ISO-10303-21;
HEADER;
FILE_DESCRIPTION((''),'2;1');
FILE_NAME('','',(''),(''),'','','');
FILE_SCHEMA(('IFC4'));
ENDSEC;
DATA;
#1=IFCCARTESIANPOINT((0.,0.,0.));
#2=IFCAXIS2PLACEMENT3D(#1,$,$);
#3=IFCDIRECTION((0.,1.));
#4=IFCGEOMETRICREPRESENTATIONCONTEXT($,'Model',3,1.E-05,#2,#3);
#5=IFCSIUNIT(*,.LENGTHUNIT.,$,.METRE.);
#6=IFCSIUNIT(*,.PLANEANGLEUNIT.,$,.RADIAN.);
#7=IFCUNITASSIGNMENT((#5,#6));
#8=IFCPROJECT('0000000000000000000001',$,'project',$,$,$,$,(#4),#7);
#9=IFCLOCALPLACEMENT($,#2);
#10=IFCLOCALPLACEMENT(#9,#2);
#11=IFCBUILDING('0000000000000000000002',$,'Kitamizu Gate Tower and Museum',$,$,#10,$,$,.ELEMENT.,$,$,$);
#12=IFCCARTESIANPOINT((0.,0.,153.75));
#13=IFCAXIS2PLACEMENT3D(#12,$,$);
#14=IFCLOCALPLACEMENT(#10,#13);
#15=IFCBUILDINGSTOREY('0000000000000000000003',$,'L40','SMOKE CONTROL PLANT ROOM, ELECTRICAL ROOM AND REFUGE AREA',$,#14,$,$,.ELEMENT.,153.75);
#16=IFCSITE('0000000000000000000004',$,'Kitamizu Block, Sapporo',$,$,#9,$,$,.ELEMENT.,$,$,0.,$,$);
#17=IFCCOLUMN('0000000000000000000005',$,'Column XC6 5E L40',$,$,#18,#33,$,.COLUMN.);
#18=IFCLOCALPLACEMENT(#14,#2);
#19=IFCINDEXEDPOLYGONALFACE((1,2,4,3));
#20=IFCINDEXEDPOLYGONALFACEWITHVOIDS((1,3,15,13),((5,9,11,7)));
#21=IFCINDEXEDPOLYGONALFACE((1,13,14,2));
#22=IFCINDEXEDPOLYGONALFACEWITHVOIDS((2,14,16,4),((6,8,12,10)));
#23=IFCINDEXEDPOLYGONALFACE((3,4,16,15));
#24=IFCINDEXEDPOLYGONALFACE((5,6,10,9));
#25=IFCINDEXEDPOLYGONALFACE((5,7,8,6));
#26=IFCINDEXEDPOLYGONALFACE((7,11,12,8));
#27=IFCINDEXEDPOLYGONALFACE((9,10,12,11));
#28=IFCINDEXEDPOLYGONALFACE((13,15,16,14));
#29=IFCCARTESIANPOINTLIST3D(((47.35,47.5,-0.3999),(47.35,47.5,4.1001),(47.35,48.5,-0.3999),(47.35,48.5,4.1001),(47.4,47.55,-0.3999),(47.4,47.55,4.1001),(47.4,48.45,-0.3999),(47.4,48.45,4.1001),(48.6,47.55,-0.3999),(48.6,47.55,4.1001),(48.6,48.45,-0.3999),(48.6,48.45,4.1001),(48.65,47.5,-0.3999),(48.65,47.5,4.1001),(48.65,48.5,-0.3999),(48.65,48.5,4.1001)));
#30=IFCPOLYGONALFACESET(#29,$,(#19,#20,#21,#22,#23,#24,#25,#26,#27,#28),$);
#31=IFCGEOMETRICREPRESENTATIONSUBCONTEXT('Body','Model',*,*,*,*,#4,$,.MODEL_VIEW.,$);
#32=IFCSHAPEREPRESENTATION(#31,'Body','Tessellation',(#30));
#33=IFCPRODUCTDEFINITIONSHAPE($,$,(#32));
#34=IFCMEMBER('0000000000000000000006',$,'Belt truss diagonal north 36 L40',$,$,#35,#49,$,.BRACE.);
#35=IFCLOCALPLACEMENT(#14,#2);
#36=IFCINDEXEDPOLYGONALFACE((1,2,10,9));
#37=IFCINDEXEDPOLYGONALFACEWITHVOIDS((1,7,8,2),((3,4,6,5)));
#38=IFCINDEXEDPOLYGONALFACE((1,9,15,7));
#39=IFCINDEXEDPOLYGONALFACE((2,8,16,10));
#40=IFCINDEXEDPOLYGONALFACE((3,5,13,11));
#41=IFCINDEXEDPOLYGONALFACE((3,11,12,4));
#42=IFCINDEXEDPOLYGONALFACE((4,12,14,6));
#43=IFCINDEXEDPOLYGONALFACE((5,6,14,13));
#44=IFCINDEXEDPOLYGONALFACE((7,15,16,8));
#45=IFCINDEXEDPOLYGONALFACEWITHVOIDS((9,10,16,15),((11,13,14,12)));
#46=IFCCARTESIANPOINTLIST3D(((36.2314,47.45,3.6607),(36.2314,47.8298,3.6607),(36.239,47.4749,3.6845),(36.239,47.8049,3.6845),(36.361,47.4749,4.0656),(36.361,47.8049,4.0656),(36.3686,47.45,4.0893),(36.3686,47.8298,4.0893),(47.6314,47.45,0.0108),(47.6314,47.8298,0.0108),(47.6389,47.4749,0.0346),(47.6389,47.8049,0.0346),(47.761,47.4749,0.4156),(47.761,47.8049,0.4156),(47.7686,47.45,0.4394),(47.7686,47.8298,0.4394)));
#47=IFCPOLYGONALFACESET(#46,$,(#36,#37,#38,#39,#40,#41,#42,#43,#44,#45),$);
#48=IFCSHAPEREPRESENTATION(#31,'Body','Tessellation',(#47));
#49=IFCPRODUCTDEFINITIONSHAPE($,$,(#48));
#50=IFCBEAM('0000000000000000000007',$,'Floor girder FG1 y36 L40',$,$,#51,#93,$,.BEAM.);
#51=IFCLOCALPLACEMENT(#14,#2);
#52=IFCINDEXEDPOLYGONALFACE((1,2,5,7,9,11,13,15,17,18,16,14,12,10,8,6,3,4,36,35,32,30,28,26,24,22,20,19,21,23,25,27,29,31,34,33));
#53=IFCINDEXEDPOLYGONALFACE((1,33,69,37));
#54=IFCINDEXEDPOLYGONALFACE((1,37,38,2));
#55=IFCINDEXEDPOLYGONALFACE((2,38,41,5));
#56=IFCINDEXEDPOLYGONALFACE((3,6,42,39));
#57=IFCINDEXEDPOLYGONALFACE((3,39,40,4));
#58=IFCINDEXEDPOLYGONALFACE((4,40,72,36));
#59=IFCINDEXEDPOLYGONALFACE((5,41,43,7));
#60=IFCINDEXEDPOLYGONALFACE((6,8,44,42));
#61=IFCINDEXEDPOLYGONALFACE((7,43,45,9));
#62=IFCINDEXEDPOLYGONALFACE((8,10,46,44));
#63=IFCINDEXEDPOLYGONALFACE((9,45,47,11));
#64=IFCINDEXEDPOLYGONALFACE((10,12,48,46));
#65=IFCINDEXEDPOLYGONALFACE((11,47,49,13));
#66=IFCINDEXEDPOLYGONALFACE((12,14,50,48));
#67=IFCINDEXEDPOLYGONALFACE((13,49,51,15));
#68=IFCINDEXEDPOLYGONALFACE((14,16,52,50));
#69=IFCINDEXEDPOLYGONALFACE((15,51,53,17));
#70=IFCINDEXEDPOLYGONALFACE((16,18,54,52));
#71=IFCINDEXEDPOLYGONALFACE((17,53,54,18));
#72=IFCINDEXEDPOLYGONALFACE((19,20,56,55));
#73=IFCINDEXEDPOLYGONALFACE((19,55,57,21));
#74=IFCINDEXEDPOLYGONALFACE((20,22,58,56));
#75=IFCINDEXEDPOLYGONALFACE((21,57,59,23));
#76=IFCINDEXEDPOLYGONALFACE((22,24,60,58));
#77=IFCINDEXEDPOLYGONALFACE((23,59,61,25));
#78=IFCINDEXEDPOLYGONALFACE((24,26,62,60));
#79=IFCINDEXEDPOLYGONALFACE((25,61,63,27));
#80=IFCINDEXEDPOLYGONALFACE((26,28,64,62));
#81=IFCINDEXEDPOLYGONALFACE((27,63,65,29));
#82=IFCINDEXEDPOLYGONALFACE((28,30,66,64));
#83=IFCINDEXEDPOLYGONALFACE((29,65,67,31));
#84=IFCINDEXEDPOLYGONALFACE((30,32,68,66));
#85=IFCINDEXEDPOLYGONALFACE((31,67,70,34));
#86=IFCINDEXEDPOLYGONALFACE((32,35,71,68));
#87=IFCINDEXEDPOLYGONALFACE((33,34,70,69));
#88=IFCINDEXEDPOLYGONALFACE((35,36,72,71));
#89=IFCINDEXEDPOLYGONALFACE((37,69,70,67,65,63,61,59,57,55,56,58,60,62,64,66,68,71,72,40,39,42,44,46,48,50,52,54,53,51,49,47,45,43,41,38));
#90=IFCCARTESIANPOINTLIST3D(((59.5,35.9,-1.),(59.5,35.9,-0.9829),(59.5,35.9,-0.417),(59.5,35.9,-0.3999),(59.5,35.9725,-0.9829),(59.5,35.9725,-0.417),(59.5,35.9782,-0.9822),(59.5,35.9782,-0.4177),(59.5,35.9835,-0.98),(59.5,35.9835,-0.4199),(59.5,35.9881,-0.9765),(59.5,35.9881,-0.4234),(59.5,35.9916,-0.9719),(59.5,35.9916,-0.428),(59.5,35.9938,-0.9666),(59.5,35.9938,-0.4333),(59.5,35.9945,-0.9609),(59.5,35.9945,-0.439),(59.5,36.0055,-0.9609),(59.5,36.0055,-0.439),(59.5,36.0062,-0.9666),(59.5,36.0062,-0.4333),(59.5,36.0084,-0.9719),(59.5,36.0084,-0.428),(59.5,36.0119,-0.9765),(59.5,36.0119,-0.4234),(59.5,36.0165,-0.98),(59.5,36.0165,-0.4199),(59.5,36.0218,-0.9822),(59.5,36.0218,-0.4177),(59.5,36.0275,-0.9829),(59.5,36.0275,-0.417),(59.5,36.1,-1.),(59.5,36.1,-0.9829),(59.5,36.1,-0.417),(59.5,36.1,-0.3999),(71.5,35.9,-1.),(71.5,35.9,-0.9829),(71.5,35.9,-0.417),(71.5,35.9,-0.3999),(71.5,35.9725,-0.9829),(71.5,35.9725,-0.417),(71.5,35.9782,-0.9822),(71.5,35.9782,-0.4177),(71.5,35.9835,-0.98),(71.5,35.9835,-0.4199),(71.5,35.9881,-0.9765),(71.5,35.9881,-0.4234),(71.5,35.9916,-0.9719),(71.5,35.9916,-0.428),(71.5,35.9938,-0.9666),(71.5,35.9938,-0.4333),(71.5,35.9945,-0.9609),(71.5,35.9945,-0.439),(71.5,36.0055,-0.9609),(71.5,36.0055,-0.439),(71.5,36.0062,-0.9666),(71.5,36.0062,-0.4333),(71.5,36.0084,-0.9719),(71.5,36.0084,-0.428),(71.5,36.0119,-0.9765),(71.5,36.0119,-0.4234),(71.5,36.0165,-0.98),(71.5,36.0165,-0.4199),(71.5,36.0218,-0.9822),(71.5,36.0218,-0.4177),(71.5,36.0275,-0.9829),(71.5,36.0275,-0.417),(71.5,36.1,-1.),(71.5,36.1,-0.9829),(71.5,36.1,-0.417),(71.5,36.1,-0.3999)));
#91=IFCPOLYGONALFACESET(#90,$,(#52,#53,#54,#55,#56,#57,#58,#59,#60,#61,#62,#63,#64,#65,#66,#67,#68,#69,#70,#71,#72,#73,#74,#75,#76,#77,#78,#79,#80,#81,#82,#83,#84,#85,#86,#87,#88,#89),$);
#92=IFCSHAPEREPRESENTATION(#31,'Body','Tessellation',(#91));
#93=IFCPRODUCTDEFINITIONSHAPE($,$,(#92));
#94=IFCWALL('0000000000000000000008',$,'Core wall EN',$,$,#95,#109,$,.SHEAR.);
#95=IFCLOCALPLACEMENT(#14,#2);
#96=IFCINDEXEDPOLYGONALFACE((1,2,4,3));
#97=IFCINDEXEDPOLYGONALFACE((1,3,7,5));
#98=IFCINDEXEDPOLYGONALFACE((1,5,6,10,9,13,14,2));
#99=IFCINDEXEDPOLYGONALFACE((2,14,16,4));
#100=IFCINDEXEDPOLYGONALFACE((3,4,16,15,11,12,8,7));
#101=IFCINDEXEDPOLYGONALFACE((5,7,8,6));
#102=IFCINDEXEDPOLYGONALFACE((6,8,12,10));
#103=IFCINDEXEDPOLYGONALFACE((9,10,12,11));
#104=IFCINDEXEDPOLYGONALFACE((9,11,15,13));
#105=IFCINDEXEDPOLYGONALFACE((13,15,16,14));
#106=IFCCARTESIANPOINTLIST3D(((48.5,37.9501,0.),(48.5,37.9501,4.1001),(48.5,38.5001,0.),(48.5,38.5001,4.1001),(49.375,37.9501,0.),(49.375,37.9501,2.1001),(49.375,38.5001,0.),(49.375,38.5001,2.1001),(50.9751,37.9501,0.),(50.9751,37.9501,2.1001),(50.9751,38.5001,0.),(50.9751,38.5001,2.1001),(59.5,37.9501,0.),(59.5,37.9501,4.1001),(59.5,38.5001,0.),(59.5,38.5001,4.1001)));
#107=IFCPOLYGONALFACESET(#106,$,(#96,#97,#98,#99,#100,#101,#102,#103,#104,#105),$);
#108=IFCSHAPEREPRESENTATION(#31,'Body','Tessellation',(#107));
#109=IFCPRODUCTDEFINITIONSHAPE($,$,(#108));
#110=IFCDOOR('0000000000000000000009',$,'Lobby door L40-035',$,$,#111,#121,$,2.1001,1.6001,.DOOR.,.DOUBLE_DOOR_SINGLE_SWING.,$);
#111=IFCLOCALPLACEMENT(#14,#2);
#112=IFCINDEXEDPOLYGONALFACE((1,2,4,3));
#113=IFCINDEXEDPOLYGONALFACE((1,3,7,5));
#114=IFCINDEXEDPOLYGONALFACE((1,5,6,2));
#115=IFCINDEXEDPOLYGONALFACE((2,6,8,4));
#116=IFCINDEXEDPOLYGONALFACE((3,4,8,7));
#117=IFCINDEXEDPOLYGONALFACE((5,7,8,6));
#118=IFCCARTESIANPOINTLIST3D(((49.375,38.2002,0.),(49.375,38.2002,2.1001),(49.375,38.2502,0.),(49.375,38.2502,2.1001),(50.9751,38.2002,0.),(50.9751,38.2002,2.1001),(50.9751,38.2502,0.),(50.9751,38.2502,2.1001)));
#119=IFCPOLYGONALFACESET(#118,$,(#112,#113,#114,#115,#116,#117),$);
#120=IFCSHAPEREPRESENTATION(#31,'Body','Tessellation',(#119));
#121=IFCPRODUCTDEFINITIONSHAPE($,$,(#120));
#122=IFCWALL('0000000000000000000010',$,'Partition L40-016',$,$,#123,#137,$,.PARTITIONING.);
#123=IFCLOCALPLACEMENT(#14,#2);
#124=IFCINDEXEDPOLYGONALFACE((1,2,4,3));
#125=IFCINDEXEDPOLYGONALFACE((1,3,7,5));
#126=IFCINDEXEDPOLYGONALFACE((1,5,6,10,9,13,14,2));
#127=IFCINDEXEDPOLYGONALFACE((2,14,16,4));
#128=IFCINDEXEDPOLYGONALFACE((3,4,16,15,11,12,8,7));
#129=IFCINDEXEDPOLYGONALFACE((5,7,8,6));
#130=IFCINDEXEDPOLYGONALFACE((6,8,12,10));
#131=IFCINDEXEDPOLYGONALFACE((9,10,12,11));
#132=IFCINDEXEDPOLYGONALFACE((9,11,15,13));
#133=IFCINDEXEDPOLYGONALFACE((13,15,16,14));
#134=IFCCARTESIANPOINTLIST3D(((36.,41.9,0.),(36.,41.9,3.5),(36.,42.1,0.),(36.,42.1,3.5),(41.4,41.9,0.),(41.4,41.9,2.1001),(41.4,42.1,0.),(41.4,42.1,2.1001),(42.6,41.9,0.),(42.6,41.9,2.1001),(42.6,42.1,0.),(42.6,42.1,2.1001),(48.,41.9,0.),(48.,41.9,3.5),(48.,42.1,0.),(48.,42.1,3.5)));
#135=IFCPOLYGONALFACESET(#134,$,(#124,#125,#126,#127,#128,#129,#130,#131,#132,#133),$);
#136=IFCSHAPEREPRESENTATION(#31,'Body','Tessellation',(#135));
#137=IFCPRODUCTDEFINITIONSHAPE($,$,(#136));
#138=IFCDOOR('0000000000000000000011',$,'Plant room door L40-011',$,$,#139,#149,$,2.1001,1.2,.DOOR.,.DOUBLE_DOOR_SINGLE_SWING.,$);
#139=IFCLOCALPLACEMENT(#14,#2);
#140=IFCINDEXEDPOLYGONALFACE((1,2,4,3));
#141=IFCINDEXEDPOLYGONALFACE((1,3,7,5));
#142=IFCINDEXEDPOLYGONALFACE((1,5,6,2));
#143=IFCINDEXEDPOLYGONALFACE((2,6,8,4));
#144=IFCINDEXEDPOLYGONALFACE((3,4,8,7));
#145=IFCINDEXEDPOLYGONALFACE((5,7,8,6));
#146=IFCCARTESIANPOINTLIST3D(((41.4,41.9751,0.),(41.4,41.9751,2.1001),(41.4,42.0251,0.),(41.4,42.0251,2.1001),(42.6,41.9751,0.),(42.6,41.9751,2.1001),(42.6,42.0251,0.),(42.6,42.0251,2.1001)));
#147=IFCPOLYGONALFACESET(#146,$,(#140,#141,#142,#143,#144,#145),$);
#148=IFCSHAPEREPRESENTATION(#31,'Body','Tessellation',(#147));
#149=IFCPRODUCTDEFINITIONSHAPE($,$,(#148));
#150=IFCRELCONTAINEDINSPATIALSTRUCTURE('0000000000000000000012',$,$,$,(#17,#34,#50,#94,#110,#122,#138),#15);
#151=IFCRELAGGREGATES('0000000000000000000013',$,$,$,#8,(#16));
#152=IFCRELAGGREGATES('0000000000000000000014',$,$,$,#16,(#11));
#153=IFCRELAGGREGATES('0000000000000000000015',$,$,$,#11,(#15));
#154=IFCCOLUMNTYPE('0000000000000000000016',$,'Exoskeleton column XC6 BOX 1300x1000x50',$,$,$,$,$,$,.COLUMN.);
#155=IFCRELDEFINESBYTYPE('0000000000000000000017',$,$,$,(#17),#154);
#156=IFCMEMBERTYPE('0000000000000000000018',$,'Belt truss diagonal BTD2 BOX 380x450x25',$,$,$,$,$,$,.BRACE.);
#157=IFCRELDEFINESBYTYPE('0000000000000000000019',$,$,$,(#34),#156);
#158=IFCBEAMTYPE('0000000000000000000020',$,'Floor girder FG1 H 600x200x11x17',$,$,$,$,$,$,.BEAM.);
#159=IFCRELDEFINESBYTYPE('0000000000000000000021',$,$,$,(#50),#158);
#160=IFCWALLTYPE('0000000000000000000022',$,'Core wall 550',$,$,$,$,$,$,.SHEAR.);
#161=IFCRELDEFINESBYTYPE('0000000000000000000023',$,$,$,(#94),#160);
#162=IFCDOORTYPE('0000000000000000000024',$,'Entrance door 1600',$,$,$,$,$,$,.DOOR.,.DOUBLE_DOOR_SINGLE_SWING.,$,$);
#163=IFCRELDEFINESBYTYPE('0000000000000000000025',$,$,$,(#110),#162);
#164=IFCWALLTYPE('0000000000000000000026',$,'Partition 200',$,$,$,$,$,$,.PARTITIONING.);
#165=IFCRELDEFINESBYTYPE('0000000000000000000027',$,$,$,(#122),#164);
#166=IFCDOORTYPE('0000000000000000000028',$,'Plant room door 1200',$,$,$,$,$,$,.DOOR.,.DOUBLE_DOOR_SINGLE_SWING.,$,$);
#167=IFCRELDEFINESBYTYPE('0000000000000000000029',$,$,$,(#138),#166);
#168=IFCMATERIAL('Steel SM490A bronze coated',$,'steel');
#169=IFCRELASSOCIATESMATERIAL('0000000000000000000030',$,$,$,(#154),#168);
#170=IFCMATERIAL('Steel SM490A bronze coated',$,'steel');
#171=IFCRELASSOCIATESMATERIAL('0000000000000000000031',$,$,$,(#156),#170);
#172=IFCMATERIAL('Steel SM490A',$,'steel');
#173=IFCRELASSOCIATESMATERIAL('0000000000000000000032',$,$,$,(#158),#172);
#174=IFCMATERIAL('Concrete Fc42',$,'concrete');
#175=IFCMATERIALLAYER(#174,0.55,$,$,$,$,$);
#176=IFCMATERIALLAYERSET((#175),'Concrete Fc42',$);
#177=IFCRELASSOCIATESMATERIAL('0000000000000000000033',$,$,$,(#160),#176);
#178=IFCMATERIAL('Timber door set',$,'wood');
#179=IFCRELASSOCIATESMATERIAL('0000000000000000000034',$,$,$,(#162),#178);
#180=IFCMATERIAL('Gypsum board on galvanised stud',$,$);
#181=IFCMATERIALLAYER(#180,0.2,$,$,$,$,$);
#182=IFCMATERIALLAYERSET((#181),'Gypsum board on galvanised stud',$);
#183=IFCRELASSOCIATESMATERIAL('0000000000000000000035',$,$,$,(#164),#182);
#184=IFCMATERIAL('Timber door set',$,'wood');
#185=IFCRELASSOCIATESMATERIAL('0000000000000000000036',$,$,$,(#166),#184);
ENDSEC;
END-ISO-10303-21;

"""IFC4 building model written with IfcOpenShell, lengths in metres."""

from ifc_helpers import new_model, si_unit, direction, frame, frame_2d, origin, origin_2d, place, context, subcontext, project, spatial, rectangle, hollow_rectangle, i_section, extrude, material, layer, layer_set, material_profile, profile_set, type_object, element, fill, save


model = new_model("IFC4")

# Units and contexts
model_context = context("Model", 3, precision=1e-05, world=origin(), true_north=direction((0.0, 1.0)))
body_context = subcontext(model_context, "Body", "Model", "MODEL_VIEW")
ifc_project = project(units=[si_unit("LENGTHUNIT", "METRE"), si_unit("PLANEANGLEUNIT", "RADIAN")], contexts=[model_context])

# Site, building, storey
site_placement = place(None, origin())
site = spatial("IfcSite", under=ifc_project, at=site_placement, Name="Kitamizu Block, Sapporo", CompositionType="ELEMENT", RefElevation=0.0)
building_placement = place(site_placement, origin())
building = spatial("IfcBuilding", under=site, at=building_placement, Name="Kitamizu Gate Tower and Museum", CompositionType="ELEMENT")
storey_placement = place(building_placement, frame((0.0, 0.0, 153.75)))
storey = spatial("IfcBuildingStorey", under=building, at=storey_placement, Name="L40", Description="SMOKE CONTROL PLANT ROOM, ELECTRICAL ROOM AND REFUGE AREA", CompositionType="ELEMENT", Elevation=153.75)

# Column
ifc_material_1 = material(Name="Steel SM490A bronze coated", Category="steel")
ifc_material_profile_1 = material_profile(ifc_material_1, hollow_rectangle(XDim=1.3, YDim=1.0, WallThickness=0.05, at=origin_2d()), Name="BOX 1300x1000x50")
ifc_profile_set_1 = profile_set([ifc_material_profile_1], Name="Steel SM490A bronze coated")
column_type = type_object("IfcColumnType", Name="Exoskeleton column XC6 BOX 1300x1000x50", PredefinedType="COLUMN", material=ifc_profile_set_1)
column_placement = place(storey_placement, frame((48.0, 48.0, -0.3999), z_axis=(0.0, 0.0, 1.0), x_axis=(1.0, 0.0, 0.0)))
element("IfcColumn", 1, at=column_placement, inside=storey, type_object=column_type, Name="Column XC6 5E L40", PredefinedType="COLUMN", context=body_context, shape_type="SweptSolid", body=[
    extrude(hollow_rectangle(XDim=1.3, YDim=1.0, WallThickness=0.05, at=origin_2d()), origin(), (0.0, 0.0, 1.0), 4.5),
])

# Member
ifc_material_2 = material(Name="Steel SM490A bronze coated", Category="steel")
ifc_material_profile_2 = material_profile(ifc_material_2, hollow_rectangle(XDim=0.3799, YDim=0.45, WallThickness=0.0249, at=origin_2d()), Name="BOX 380x450x25")
ifc_profile_set_2 = profile_set([ifc_material_profile_2], Name="Steel SM490A bronze coated")
member_type = type_object("IfcMemberType", Name="Belt truss diagonal BTD2 BOX 380x450x25", PredefinedType="BRACE", material=ifc_profile_set_2)
member_placement = place(storey_placement, frame((47.7, 47.6399, 0.2251), z_axis=(-0.952377, 0.0, 0.304922), x_axis=(0.0, -1.0, 0.0)))
element("IfcMember", 2, at=member_placement, inside=storey, type_object=member_type, Name="Belt truss diagonal north 36 L40", PredefinedType="BRACE", context=body_context, shape_type="SweptSolid", body=[
    extrude(hollow_rectangle(XDim=0.3799, YDim=0.45, WallThickness=0.0249, at=origin_2d()), origin(), (0.0, 0.0, 1.0), 11.97),
])

# Beam
ifc_material_3 = material(Name="Steel SM490A", Category="steel")
ifc_material_profile_3 = material_profile(ifc_material_3, i_section(OverallWidth=0.2, OverallDepth=0.6001, WebThickness=0.011, FlangeThickness=0.0171, FilletRadius=0.022, at=origin_2d()), Name="H-600x200x11x17")
ifc_profile_set_3 = profile_set([ifc_material_profile_3], Name="Steel SM490A")
beam_type = type_object("IfcBeamType", Name="Floor girder FG1 H 600x200x11x17", PredefinedType="BEAM", material=ifc_profile_set_3)
beam_placement = place(storey_placement, frame((59.5, 36.0, -0.7), z_axis=(1.0, 0.0, 0.0), x_axis=(0.0, 1.0, 0.0)))
element("IfcBeam", 3, at=beam_placement, inside=storey, type_object=beam_type, Name="Floor girder FG1 y36 L40", PredefinedType="BEAM", context=body_context, shape_type="SweptSolid", body=[
    extrude(i_section(OverallWidth=0.2, OverallDepth=0.6001, WebThickness=0.011, FlangeThickness=0.0171, FilletRadius=0.022, at=origin_2d()), origin(), (0.0, 0.0, 1.0), 12.0),
])

# Walls, openings, doors
ifc_material_4 = material(Name="Concrete Fc42", Category="concrete")
ifc_layer_1 = layer(ifc_material_4, 0.55)
ifc_layer_set_1 = layer_set([ifc_layer_1], Name="Concrete Fc42")
wall_type_1 = type_object("IfcWallType", Name="Core wall 550", PredefinedType="SHEAR", material=ifc_layer_set_1)
wall_1_placement = place(storey_placement, frame((59.5, 38.2251, 0.0), z_axis=(0.0, 0.0, 1.0), x_axis=(-1.0, 0.0, 0.0)))
wall_1 = element("IfcWall", 4, at=wall_1_placement, inside=storey, type_object=wall_type_1, Name="Core wall EN", PredefinedType="SHEAR", context=body_context, shape_type="SweptSolid", body=[
    extrude(rectangle(XDim=11.0, YDim=0.55, at=frame_2d((5.5, 0.0))), origin(), (0.0, 0.0, 1.0), 4.1001),
])
opening_1_placement = place(wall_1_placement, frame((8.5249, 0.0, 0.0)))
opening_1 = element("IfcOpeningElement", 5, at=opening_1_placement, cuts=wall_1, PredefinedType="OPENING", context=body_context, shape_type="SweptSolid", body=[
    extrude(rectangle(XDim=1.6001, YDim=2.1001, at=frame_2d((0.8, 1.05))), frame((0.0, 0.2852, 0.0), z_axis=(0.0, -1.0, 0.0), x_axis=(1.0, 0.0, 0.0)), (0.0, 0.0, 1.0), 0.5701),
])
ifc_material_5 = material(Name="Timber door set", Category="wood")
door_type_1 = type_object("IfcDoorType", Name="Entrance door 1600", OperationType="DOUBLE_DOOR_SINGLE_SWING", PredefinedType="DOOR", material=ifc_material_5)
door_1_placement = place(opening_1_placement, origin())
door_1 = element("IfcDoor", 6, at=door_1_placement, inside=storey, type_object=door_type_1, Name="Lobby door L40-035", OperationType="DOUBLE_DOOR_SINGLE_SWING", OverallHeight=2.1001, OverallWidth=1.6001, PredefinedType="DOOR", context=body_context, shape_type="SweptSolid", body=[
    extrude(rectangle(XDim=1.6001, YDim=2.1001, at=frame_2d((0.8, 1.05))), frame((0.0, 0.0249, 0.0), z_axis=(0.0, -1.0, 0.0), x_axis=(1.0, 0.0, 0.0)), (0.0, 0.0, 1.0), 0.05),
])
fill(opening_1, door_1)
ifc_material_6 = material(Name="Gypsum board on galvanised stud")
ifc_layer_2 = layer(ifc_material_6, 0.2)
ifc_layer_set_2 = layer_set([ifc_layer_2], Name="Gypsum board on galvanised stud")
wall_type_2 = type_object("IfcWallType", Name="Partition 200", PredefinedType="PARTITIONING", material=ifc_layer_set_2)
wall_2_placement = place(storey_placement, frame((48.0, 42.0, 0.0), z_axis=(0.0, 0.0, 1.0), x_axis=(-1.0, 0.0, 0.0)))
wall_2 = element("IfcWall", 7, at=wall_2_placement, inside=storey, type_object=wall_type_2, Name="Partition L40-016", PredefinedType="PARTITIONING", context=body_context, shape_type="SweptSolid", body=[
    extrude(rectangle(XDim=12.0, YDim=0.2, at=frame_2d((6.0, 0.0))), origin(), (0.0, 0.0, 1.0), 3.5),
])
opening_2_placement = place(wall_2_placement, frame((5.3999, 0.0, 0.0)))
opening_2 = element("IfcOpeningElement", 8, at=opening_2_placement, cuts=wall_2, PredefinedType="OPENING", context=body_context, shape_type="SweptSolid", body=[
    extrude(rectangle(XDim=1.2, YDim=2.1001, at=frame_2d((0.6001, 1.05))), frame((0.0, 0.1099, 0.0), z_axis=(0.0, -1.0, 0.0), x_axis=(1.0, 0.0, 0.0)), (0.0, 0.0, 1.0), 0.22),
])
ifc_material_7 = material(Name="Timber door set", Category="wood")
door_type_2 = type_object("IfcDoorType", Name="Plant room door 1200", OperationType="DOUBLE_DOOR_SINGLE_SWING", PredefinedType="DOOR", material=ifc_material_7)
door_2_placement = place(opening_2_placement, origin())
door_2 = element("IfcDoor", 9, at=door_2_placement, inside=storey, type_object=door_type_2, Name="Plant room door L40-011", OperationType="DOUBLE_DOOR_SINGLE_SWING", OverallHeight=2.1001, OverallWidth=1.2, PredefinedType="DOOR", context=body_context, shape_type="SweptSolid", body=[
    extrude(rectangle(XDim=1.2, YDim=2.1001, at=frame_2d((0.6001, 1.05))), frame((0.0, 0.0249, 0.0), z_axis=(0.0, -1.0, 0.0), x_axis=(1.0, 0.0, 0.0)), (0.0, 0.0, 1.0), 0.05),
])
fill(opening_2, door_2)

save(model, "model.ifc")
